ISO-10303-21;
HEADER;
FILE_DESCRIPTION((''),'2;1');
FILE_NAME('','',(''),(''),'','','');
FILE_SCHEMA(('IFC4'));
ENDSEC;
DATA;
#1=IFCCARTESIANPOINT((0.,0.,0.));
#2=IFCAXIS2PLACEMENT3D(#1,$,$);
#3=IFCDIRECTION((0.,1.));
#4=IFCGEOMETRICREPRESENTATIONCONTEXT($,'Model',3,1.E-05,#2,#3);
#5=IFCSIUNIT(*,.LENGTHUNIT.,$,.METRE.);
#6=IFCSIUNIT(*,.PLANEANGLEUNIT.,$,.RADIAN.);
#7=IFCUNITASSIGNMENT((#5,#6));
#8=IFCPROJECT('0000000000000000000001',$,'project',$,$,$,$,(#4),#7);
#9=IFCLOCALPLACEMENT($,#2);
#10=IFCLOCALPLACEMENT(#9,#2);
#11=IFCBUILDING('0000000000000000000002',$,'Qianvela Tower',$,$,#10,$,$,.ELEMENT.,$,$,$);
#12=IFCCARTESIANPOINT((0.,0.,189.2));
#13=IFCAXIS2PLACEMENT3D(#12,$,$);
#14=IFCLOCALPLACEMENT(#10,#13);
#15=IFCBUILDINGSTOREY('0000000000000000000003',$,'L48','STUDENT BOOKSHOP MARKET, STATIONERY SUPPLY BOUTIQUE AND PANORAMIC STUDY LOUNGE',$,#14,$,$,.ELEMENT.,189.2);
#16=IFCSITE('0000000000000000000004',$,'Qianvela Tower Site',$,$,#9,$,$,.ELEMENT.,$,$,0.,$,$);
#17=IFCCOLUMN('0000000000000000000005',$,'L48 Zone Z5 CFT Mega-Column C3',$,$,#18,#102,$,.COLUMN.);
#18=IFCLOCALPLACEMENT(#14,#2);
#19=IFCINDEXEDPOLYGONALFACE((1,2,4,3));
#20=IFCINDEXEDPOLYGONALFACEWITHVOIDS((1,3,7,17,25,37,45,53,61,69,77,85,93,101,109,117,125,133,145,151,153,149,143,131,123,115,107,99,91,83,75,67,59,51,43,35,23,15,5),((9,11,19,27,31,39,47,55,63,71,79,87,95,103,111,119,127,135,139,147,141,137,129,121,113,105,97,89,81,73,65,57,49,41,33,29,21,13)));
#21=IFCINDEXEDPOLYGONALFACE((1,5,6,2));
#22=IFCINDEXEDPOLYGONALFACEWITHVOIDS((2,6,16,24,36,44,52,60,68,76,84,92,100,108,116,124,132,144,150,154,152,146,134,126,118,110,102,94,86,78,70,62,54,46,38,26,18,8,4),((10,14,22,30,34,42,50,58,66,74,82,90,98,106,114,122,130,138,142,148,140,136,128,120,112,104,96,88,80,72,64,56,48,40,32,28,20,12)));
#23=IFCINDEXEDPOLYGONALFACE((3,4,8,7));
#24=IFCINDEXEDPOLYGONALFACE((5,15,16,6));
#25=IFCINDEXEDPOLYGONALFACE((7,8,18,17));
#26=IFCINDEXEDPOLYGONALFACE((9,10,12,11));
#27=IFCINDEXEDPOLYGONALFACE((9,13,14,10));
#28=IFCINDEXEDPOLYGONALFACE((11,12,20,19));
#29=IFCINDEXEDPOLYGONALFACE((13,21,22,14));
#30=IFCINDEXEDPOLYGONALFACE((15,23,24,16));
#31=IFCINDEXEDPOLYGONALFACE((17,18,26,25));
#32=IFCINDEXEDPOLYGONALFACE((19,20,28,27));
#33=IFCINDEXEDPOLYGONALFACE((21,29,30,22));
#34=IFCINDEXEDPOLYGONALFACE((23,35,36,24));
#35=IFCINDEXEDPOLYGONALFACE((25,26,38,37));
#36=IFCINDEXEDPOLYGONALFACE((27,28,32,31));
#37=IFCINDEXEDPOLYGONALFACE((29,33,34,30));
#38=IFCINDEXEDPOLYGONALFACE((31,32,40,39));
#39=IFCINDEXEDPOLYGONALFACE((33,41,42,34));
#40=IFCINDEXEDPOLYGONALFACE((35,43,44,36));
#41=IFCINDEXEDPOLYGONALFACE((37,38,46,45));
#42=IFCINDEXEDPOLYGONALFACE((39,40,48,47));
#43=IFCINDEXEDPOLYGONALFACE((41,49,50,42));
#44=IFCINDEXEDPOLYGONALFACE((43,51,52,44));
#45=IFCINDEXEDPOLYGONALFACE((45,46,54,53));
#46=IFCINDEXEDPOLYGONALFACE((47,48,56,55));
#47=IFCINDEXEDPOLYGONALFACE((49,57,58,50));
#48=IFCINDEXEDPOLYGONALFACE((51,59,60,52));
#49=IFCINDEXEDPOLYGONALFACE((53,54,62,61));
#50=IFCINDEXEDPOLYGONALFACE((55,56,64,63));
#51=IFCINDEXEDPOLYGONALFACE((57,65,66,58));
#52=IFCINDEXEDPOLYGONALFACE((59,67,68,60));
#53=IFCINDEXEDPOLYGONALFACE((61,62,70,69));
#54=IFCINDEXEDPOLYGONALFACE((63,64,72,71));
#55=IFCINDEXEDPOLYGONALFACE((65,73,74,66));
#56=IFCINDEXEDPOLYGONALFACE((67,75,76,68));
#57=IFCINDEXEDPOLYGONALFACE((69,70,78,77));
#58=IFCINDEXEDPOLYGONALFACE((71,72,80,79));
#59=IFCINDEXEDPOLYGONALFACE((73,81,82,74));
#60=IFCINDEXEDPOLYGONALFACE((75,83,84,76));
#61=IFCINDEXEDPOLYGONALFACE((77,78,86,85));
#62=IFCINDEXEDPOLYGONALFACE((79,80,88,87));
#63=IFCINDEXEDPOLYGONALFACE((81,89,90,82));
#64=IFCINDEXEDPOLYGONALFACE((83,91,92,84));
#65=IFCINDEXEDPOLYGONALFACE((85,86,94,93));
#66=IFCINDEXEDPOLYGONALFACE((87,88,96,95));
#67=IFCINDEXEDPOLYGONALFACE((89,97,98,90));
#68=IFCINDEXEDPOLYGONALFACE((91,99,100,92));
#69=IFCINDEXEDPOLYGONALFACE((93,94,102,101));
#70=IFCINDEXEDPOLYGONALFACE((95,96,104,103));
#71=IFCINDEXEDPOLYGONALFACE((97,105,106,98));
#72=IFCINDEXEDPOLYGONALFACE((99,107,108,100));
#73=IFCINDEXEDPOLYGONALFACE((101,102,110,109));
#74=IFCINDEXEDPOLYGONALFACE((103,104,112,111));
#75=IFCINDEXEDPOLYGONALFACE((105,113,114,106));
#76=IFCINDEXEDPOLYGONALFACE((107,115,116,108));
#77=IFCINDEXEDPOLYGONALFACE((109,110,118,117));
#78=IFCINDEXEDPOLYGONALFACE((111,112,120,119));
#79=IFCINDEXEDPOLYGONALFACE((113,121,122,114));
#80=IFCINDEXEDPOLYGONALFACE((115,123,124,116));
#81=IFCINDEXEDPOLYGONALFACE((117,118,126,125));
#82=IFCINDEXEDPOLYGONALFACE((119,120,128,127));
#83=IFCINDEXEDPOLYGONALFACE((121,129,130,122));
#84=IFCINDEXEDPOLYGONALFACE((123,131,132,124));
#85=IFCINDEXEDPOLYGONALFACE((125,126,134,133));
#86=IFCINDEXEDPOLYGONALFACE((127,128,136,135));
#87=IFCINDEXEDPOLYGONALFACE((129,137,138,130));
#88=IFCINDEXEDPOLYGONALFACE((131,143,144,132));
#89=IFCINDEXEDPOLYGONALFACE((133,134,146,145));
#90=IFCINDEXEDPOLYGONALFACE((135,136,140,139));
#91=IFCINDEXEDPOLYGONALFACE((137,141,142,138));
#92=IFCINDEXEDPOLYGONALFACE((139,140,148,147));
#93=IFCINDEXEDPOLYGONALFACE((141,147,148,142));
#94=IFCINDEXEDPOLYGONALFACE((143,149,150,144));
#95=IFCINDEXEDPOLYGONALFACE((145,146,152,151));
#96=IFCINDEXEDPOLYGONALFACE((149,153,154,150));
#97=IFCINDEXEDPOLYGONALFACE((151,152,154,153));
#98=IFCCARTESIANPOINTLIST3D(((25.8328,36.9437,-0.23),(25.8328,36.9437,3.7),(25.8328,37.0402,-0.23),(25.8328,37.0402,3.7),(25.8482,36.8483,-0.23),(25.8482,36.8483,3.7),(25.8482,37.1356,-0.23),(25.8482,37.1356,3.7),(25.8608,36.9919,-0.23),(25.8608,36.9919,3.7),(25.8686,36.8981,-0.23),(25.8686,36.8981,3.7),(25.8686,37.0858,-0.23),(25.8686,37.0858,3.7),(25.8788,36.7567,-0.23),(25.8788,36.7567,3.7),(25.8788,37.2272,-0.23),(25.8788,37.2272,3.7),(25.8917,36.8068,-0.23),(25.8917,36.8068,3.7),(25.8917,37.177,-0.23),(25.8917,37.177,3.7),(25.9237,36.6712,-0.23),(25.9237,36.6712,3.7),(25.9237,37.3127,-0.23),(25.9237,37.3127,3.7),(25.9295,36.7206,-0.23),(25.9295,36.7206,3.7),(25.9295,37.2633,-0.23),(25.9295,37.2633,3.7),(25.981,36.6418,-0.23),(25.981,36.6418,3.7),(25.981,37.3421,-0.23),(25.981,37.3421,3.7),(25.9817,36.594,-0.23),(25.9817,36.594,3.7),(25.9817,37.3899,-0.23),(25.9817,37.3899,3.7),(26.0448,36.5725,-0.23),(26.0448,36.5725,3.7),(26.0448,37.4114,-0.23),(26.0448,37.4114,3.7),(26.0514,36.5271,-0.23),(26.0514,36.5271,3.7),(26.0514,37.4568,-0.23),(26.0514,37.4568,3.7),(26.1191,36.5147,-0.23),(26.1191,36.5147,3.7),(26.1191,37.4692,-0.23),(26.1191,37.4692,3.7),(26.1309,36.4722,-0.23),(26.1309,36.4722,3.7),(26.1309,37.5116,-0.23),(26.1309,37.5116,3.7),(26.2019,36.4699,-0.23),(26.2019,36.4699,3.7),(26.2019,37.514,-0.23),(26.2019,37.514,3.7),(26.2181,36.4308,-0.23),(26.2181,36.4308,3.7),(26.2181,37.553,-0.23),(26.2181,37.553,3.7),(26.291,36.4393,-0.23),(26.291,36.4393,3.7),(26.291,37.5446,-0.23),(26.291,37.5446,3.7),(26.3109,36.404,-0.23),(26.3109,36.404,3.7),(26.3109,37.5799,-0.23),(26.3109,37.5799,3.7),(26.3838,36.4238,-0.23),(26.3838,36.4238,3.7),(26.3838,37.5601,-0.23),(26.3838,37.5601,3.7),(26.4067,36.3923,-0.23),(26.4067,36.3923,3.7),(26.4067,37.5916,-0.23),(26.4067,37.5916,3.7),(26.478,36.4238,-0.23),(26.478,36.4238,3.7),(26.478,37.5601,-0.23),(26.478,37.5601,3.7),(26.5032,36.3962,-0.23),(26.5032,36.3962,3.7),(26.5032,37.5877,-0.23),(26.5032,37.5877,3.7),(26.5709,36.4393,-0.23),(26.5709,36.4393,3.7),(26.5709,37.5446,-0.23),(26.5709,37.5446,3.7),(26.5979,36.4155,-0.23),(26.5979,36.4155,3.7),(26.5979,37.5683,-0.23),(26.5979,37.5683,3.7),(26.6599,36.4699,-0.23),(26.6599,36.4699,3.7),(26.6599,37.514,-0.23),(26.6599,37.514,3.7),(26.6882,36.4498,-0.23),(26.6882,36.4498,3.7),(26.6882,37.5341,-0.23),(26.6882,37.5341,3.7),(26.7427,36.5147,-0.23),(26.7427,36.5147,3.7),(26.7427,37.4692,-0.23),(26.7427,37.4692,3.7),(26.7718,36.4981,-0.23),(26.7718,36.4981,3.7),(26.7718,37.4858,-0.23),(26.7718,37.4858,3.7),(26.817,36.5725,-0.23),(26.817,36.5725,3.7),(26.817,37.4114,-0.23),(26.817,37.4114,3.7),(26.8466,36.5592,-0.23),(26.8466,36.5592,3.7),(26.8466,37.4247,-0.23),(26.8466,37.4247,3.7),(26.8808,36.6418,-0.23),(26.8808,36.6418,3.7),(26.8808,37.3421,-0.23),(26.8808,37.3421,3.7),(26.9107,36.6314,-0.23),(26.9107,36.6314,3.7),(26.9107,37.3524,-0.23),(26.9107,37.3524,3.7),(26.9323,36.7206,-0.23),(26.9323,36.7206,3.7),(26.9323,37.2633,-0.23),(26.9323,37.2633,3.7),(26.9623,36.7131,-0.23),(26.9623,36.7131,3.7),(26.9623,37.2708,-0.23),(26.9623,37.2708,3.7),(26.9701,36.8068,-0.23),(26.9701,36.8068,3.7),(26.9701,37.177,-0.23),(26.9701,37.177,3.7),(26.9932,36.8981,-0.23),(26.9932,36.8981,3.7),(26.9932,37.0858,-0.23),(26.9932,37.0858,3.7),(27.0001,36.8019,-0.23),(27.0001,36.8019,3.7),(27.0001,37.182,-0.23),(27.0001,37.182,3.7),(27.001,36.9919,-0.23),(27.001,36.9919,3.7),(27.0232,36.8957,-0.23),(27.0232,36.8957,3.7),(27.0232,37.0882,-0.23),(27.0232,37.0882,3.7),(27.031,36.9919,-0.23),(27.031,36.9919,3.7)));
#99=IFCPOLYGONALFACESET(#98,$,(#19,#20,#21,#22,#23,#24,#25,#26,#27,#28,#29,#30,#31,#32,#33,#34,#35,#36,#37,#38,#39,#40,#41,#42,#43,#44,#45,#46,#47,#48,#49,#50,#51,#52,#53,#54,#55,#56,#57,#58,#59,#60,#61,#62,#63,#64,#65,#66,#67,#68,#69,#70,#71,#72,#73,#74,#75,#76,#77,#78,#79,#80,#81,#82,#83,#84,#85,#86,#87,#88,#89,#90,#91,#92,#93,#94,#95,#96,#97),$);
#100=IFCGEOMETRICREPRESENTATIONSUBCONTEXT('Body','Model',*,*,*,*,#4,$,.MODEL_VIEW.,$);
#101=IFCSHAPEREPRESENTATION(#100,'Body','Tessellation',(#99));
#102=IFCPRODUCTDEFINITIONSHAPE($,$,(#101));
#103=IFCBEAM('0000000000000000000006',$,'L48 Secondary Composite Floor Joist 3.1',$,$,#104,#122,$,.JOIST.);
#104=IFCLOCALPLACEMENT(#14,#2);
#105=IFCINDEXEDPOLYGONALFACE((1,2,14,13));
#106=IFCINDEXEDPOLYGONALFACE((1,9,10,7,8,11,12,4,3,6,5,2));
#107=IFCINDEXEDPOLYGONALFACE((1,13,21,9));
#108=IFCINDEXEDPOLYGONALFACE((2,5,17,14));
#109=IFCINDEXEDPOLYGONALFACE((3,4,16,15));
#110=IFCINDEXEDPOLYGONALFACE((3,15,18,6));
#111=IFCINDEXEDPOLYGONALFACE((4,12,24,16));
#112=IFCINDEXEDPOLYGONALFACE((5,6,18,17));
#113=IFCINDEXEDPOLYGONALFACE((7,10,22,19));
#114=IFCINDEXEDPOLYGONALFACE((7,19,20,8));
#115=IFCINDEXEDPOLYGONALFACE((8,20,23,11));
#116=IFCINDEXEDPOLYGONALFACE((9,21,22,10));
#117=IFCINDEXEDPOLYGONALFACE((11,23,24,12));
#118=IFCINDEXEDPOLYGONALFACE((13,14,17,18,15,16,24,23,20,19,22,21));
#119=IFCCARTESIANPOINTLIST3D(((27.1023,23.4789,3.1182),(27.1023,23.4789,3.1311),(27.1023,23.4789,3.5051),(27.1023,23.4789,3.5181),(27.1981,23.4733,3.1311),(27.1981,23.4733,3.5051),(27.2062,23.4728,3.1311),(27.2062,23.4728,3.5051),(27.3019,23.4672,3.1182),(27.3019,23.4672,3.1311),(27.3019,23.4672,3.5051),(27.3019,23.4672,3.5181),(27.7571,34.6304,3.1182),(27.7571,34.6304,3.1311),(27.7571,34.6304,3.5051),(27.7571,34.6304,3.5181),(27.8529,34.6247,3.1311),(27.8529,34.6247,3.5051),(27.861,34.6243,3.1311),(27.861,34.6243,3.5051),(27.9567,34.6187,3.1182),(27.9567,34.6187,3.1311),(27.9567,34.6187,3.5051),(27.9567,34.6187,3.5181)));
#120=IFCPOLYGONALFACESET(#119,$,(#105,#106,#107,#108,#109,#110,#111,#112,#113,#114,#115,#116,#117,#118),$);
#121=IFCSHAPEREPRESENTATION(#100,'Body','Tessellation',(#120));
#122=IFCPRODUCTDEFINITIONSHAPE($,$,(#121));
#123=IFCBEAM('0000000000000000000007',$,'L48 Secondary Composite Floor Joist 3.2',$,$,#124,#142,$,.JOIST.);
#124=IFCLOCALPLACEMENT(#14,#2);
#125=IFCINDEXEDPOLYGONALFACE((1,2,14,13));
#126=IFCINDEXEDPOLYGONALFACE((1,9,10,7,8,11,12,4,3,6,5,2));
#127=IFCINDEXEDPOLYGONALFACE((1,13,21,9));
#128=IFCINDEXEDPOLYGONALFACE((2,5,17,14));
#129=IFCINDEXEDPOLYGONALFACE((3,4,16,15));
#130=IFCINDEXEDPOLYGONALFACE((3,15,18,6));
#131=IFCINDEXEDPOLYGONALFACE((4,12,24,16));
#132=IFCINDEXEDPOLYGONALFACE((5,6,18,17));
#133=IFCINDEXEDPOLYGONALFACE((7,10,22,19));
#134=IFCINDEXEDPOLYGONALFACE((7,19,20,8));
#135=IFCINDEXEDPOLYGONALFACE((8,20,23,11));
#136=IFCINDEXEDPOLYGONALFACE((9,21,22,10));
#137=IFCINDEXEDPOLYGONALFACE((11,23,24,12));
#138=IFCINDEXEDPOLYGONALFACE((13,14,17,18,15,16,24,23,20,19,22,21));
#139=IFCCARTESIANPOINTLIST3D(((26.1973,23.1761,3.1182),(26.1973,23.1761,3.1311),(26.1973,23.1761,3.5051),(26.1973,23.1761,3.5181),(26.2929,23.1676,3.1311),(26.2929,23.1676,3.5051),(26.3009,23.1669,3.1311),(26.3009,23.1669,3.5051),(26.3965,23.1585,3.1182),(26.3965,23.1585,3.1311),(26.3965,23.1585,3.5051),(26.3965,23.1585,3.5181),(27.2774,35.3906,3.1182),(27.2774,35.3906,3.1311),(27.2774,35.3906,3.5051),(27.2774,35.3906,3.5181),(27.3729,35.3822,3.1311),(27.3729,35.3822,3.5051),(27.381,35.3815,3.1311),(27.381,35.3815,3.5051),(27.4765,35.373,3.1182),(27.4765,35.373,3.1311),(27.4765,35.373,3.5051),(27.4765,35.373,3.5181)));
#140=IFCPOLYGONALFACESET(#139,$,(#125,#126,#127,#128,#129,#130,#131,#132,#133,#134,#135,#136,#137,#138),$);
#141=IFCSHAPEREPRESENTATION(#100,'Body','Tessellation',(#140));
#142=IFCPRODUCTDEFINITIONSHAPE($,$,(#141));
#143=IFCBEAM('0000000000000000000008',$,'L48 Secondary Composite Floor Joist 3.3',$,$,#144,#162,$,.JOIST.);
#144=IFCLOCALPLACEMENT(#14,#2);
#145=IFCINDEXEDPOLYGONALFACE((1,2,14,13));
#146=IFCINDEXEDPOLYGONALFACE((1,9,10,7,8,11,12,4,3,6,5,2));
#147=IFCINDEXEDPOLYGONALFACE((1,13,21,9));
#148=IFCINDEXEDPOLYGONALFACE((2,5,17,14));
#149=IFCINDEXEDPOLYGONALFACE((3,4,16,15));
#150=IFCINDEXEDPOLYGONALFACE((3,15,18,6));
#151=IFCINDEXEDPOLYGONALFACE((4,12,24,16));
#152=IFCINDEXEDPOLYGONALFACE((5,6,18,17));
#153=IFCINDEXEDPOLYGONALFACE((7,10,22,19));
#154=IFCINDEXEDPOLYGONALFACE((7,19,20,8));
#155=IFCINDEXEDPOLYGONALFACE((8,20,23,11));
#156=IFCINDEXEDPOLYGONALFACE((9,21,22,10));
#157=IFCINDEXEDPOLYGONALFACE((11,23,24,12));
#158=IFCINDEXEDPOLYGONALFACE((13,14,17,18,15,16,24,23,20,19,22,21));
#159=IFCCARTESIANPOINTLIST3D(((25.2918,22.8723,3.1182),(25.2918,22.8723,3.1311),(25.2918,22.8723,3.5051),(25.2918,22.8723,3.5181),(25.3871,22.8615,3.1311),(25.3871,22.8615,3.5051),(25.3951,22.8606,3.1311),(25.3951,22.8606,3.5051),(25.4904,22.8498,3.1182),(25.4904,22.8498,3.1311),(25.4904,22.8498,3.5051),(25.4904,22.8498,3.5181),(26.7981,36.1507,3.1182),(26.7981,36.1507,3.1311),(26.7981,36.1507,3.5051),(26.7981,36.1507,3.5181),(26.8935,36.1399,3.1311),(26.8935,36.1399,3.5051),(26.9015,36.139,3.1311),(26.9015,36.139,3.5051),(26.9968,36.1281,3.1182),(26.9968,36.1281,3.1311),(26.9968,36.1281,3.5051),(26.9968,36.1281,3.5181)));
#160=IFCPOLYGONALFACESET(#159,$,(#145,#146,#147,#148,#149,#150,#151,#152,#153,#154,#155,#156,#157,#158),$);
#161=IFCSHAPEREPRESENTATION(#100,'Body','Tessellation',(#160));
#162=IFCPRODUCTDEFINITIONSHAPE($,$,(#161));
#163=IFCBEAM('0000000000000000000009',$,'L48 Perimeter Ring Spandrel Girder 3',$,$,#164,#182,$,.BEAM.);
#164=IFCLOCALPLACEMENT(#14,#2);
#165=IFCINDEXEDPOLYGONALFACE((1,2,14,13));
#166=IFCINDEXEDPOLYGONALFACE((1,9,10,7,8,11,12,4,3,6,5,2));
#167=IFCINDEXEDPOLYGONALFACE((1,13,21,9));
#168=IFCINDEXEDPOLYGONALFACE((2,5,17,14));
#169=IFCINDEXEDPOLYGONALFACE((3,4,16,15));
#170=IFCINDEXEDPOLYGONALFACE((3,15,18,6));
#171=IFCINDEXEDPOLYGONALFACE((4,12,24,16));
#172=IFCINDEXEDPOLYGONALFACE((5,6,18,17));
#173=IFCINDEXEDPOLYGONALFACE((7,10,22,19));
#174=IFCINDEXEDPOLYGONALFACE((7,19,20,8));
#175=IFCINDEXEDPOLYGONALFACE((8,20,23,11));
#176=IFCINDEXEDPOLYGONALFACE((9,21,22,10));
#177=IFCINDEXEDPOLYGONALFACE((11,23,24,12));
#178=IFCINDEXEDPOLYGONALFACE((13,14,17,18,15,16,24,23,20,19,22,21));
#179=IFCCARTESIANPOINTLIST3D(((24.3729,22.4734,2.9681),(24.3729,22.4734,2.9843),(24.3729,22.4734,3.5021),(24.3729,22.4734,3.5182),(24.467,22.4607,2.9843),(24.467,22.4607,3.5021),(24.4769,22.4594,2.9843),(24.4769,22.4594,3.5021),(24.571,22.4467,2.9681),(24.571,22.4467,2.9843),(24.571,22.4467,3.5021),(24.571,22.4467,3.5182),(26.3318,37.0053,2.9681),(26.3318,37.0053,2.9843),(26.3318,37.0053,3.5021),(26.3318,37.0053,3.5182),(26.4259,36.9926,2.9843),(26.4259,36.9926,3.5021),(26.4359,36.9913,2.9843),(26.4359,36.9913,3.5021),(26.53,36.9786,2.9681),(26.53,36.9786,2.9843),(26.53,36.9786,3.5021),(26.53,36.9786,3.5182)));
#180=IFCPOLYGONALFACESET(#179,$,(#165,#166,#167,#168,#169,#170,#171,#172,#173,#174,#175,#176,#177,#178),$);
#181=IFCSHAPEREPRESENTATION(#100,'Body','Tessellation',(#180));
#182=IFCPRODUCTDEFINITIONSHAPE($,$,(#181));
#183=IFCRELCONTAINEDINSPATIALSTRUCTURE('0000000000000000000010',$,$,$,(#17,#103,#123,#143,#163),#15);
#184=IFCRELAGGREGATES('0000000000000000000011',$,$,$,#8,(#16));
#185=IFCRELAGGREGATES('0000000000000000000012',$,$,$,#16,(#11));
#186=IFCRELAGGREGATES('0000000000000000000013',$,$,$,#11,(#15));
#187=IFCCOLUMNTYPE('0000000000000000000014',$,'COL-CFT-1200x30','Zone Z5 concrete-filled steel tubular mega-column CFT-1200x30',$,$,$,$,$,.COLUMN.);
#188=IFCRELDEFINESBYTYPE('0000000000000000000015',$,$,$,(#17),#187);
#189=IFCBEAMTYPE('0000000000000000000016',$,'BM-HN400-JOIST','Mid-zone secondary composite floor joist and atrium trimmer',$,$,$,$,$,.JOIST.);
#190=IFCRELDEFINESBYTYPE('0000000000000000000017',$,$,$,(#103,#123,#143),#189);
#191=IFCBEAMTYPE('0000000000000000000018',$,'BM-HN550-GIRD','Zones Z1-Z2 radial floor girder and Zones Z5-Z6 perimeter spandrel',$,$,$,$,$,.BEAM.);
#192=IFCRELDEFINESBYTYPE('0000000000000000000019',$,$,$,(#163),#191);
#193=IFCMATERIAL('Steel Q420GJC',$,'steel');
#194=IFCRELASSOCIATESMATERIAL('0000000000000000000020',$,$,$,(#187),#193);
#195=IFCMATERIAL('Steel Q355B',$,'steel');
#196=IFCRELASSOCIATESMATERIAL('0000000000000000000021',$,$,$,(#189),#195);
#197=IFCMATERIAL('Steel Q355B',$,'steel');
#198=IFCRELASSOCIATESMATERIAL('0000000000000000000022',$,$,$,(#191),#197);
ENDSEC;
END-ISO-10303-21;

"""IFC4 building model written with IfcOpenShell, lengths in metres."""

from ifc_helpers import new_model, si_unit, direction, frame, origin, origin_2d, place, context, subcontext, project, spatial, hollow_circle, i_section, extrude, material, material_profile, profile_set, type_object, element, save


model = new_model("IFC4")

# Units and contexts
model_context = context("Model", 3, precision=1e-05, world=origin(), true_north=direction((0.0, 1.0)))
body_context = subcontext(model_context, "Body", "Model", "MODEL_VIEW")
ifc_project = project(units=[si_unit("LENGTHUNIT", "METRE"), si_unit("PLANEANGLEUNIT", "RADIAN")], contexts=[model_context])

# Site, building, storey
site_placement = place(None, origin())
site = spatial("IfcSite", under=ifc_project, at=site_placement, Name="Qianvela Tower Site", CompositionType="ELEMENT", RefElevation=0.0)
building_placement = place(site_placement, origin())
building = spatial("IfcBuilding", under=site, at=building_placement, Name="Qianvela Tower", CompositionType="ELEMENT")
storey_placement = place(building_placement, frame((0.0, 0.0, 189.2)))
storey = spatial("IfcBuildingStorey", under=building, at=storey_placement, Name="L48", Description="STUDENT BOOKSHOP MARKET, STATIONERY SUPPLY BOUTIQUE AND PANORAMIC STUDY LOUNGE", CompositionType="ELEMENT", Elevation=189.2)

# Column
ifc_material_1 = material(Name="Steel Q420GJC", Category="steel")
ifc_material_profile_1 = material_profile(ifc_material_1, hollow_circle(Radius=0.6001, WallThickness=0.03, at=origin_2d()), Name="CFT-1200x30")
ifc_profile_set_1 = profile_set([ifc_material_profile_1], Name="Steel Q420GJC")
column_type = type_object("IfcColumnType", Name="COL-CFT-1200x30", Description="Zone Z5 concrete-filled steel tubular mega-column CFT-1200x30", PredefinedType="COLUMN", material=ifc_profile_set_1)
column_placement = place(storey_placement, frame((26.4309, 36.9919, -0.23), z_axis=(0.0, 0.0, 1.0), x_axis=(1.0, 0.0, 0.0)))
element("IfcColumn", 1, at=column_placement, inside=storey, type_object=column_type, Name="L48 Zone Z5 CFT Mega-Column C3", PredefinedType="COLUMN", context=body_context, shape_type="SweptSolid", body=[
    extrude(hollow_circle(Radius=0.6001, WallThickness=0.03, at=origin_2d()), origin(), (0.0, 0.0, 1.0), 3.9299),
])

# Beams
ifc_material_2 = material(Name="Steel Q355B", Category="steel")
ifc_material_profile_2 = material_profile(ifc_material_2, i_section(OverallWidth=0.2, OverallDepth=0.3999, WebThickness=0.0081, FlangeThickness=0.0129, at=origin_2d()), Name="HN400x200x8x13")
ifc_profile_set_2 = profile_set([ifc_material_profile_2], Name="Steel Q355B")
beam_type_1 = type_object("IfcBeamType", Name="BM-HN400-JOIST", Description="Mid-zone secondary composite floor joist and atrium trimmer", PredefinedType="JOIST", material=ifc_profile_set_2)
beam_1_placement = place(storey_placement, frame((27.8569, 34.6245, 3.3181), z_axis=(-0.058617, -0.998281, 0.0), x_axis=(0.998281, -0.058617, 0.0)))
element("IfcBeam", 2, at=beam_1_placement, inside=storey, type_object=beam_type_1, Name="L48 Secondary Composite Floor Joist 3.1", PredefinedType="JOIST", context=body_context, shape_type="SweptSolid", body=[
    extrude(i_section(OverallWidth=0.2, OverallDepth=0.3999, WebThickness=0.0081, FlangeThickness=0.0129, at=origin_2d()), origin(), (0.0, 0.0, 1.0), 11.1707),
])
beam_2_placement = place(storey_placement, frame((27.377, 35.3818, 3.3181), z_axis=(-0.088081, -0.996113, 0.0), x_axis=(0.996113, -0.088081, 0.0)))
element("IfcBeam", 3, at=beam_2_placement, inside=storey, type_object=beam_type_1, Name="L48 Secondary Composite Floor Joist 3.2", PredefinedType="JOIST", context=body_context, shape_type="SweptSolid", body=[
    extrude(i_section(OverallWidth=0.2, OverallDepth=0.3999, WebThickness=0.0081, FlangeThickness=0.0129, at=origin_2d()), origin(), (0.0, 0.0, 1.0), 12.2622),
])
beam_3_placement = place(storey_placement, frame((26.8975, 36.1394, 3.3181), z_axis=(-0.112721, -0.993627, 0.0), x_axis=(0.993627, -0.112721, 0.0)))
element("IfcBeam", 4, at=beam_3_placement, inside=storey, type_object=beam_type_1, Name="L48 Secondary Composite Floor Joist 3.3", PredefinedType="JOIST", context=body_context, shape_type="SweptSolid", body=[
    extrude(i_section(OverallWidth=0.2, OverallDepth=0.3999, WebThickness=0.0081, FlangeThickness=0.0129, at=origin_2d()), origin(), (0.0, 0.0, 1.0), 13.3635),
])
ifc_material_3 = material(Name="Steel Q355B", Category="steel")
ifc_material_profile_3 = material_profile(ifc_material_3, i_section(OverallWidth=0.2, OverallDepth=0.55, WebThickness=0.01, FlangeThickness=0.0161, at=origin_2d()), Name="HN550x200x10x16")
ifc_profile_set_3 = profile_set([ifc_material_profile_3], Name="Steel Q355B")
beam_type_2 = type_object("IfcBeamType", Name="BM-HN550-GIRD", Description="Zones Z1-Z2 radial floor girder and Zones Z5-Z6 perimeter spandrel", PredefinedType="BEAM", material=ifc_profile_set_3)
beam_4_placement = place(storey_placement, frame((26.4309, 36.9919, 3.2432), z_axis=(-0.133597, -0.991036, 0.0), x_axis=(0.991036, -0.133597, 0.0)))
element("IfcBeam", 5, at=beam_4_placement, inside=storey, type_object=beam_type_2, Name="L48 Perimeter Ring Spandrel Girder 3", PredefinedType="BEAM", context=body_context, shape_type="SweptSolid", body=[
    extrude(i_section(OverallWidth=0.2, OverallDepth=0.55, WebThickness=0.01, FlangeThickness=0.0161, at=origin_2d()), origin(), (0.0, 0.0, 1.0), 14.6633),
])

save(model, "model.ifc")
